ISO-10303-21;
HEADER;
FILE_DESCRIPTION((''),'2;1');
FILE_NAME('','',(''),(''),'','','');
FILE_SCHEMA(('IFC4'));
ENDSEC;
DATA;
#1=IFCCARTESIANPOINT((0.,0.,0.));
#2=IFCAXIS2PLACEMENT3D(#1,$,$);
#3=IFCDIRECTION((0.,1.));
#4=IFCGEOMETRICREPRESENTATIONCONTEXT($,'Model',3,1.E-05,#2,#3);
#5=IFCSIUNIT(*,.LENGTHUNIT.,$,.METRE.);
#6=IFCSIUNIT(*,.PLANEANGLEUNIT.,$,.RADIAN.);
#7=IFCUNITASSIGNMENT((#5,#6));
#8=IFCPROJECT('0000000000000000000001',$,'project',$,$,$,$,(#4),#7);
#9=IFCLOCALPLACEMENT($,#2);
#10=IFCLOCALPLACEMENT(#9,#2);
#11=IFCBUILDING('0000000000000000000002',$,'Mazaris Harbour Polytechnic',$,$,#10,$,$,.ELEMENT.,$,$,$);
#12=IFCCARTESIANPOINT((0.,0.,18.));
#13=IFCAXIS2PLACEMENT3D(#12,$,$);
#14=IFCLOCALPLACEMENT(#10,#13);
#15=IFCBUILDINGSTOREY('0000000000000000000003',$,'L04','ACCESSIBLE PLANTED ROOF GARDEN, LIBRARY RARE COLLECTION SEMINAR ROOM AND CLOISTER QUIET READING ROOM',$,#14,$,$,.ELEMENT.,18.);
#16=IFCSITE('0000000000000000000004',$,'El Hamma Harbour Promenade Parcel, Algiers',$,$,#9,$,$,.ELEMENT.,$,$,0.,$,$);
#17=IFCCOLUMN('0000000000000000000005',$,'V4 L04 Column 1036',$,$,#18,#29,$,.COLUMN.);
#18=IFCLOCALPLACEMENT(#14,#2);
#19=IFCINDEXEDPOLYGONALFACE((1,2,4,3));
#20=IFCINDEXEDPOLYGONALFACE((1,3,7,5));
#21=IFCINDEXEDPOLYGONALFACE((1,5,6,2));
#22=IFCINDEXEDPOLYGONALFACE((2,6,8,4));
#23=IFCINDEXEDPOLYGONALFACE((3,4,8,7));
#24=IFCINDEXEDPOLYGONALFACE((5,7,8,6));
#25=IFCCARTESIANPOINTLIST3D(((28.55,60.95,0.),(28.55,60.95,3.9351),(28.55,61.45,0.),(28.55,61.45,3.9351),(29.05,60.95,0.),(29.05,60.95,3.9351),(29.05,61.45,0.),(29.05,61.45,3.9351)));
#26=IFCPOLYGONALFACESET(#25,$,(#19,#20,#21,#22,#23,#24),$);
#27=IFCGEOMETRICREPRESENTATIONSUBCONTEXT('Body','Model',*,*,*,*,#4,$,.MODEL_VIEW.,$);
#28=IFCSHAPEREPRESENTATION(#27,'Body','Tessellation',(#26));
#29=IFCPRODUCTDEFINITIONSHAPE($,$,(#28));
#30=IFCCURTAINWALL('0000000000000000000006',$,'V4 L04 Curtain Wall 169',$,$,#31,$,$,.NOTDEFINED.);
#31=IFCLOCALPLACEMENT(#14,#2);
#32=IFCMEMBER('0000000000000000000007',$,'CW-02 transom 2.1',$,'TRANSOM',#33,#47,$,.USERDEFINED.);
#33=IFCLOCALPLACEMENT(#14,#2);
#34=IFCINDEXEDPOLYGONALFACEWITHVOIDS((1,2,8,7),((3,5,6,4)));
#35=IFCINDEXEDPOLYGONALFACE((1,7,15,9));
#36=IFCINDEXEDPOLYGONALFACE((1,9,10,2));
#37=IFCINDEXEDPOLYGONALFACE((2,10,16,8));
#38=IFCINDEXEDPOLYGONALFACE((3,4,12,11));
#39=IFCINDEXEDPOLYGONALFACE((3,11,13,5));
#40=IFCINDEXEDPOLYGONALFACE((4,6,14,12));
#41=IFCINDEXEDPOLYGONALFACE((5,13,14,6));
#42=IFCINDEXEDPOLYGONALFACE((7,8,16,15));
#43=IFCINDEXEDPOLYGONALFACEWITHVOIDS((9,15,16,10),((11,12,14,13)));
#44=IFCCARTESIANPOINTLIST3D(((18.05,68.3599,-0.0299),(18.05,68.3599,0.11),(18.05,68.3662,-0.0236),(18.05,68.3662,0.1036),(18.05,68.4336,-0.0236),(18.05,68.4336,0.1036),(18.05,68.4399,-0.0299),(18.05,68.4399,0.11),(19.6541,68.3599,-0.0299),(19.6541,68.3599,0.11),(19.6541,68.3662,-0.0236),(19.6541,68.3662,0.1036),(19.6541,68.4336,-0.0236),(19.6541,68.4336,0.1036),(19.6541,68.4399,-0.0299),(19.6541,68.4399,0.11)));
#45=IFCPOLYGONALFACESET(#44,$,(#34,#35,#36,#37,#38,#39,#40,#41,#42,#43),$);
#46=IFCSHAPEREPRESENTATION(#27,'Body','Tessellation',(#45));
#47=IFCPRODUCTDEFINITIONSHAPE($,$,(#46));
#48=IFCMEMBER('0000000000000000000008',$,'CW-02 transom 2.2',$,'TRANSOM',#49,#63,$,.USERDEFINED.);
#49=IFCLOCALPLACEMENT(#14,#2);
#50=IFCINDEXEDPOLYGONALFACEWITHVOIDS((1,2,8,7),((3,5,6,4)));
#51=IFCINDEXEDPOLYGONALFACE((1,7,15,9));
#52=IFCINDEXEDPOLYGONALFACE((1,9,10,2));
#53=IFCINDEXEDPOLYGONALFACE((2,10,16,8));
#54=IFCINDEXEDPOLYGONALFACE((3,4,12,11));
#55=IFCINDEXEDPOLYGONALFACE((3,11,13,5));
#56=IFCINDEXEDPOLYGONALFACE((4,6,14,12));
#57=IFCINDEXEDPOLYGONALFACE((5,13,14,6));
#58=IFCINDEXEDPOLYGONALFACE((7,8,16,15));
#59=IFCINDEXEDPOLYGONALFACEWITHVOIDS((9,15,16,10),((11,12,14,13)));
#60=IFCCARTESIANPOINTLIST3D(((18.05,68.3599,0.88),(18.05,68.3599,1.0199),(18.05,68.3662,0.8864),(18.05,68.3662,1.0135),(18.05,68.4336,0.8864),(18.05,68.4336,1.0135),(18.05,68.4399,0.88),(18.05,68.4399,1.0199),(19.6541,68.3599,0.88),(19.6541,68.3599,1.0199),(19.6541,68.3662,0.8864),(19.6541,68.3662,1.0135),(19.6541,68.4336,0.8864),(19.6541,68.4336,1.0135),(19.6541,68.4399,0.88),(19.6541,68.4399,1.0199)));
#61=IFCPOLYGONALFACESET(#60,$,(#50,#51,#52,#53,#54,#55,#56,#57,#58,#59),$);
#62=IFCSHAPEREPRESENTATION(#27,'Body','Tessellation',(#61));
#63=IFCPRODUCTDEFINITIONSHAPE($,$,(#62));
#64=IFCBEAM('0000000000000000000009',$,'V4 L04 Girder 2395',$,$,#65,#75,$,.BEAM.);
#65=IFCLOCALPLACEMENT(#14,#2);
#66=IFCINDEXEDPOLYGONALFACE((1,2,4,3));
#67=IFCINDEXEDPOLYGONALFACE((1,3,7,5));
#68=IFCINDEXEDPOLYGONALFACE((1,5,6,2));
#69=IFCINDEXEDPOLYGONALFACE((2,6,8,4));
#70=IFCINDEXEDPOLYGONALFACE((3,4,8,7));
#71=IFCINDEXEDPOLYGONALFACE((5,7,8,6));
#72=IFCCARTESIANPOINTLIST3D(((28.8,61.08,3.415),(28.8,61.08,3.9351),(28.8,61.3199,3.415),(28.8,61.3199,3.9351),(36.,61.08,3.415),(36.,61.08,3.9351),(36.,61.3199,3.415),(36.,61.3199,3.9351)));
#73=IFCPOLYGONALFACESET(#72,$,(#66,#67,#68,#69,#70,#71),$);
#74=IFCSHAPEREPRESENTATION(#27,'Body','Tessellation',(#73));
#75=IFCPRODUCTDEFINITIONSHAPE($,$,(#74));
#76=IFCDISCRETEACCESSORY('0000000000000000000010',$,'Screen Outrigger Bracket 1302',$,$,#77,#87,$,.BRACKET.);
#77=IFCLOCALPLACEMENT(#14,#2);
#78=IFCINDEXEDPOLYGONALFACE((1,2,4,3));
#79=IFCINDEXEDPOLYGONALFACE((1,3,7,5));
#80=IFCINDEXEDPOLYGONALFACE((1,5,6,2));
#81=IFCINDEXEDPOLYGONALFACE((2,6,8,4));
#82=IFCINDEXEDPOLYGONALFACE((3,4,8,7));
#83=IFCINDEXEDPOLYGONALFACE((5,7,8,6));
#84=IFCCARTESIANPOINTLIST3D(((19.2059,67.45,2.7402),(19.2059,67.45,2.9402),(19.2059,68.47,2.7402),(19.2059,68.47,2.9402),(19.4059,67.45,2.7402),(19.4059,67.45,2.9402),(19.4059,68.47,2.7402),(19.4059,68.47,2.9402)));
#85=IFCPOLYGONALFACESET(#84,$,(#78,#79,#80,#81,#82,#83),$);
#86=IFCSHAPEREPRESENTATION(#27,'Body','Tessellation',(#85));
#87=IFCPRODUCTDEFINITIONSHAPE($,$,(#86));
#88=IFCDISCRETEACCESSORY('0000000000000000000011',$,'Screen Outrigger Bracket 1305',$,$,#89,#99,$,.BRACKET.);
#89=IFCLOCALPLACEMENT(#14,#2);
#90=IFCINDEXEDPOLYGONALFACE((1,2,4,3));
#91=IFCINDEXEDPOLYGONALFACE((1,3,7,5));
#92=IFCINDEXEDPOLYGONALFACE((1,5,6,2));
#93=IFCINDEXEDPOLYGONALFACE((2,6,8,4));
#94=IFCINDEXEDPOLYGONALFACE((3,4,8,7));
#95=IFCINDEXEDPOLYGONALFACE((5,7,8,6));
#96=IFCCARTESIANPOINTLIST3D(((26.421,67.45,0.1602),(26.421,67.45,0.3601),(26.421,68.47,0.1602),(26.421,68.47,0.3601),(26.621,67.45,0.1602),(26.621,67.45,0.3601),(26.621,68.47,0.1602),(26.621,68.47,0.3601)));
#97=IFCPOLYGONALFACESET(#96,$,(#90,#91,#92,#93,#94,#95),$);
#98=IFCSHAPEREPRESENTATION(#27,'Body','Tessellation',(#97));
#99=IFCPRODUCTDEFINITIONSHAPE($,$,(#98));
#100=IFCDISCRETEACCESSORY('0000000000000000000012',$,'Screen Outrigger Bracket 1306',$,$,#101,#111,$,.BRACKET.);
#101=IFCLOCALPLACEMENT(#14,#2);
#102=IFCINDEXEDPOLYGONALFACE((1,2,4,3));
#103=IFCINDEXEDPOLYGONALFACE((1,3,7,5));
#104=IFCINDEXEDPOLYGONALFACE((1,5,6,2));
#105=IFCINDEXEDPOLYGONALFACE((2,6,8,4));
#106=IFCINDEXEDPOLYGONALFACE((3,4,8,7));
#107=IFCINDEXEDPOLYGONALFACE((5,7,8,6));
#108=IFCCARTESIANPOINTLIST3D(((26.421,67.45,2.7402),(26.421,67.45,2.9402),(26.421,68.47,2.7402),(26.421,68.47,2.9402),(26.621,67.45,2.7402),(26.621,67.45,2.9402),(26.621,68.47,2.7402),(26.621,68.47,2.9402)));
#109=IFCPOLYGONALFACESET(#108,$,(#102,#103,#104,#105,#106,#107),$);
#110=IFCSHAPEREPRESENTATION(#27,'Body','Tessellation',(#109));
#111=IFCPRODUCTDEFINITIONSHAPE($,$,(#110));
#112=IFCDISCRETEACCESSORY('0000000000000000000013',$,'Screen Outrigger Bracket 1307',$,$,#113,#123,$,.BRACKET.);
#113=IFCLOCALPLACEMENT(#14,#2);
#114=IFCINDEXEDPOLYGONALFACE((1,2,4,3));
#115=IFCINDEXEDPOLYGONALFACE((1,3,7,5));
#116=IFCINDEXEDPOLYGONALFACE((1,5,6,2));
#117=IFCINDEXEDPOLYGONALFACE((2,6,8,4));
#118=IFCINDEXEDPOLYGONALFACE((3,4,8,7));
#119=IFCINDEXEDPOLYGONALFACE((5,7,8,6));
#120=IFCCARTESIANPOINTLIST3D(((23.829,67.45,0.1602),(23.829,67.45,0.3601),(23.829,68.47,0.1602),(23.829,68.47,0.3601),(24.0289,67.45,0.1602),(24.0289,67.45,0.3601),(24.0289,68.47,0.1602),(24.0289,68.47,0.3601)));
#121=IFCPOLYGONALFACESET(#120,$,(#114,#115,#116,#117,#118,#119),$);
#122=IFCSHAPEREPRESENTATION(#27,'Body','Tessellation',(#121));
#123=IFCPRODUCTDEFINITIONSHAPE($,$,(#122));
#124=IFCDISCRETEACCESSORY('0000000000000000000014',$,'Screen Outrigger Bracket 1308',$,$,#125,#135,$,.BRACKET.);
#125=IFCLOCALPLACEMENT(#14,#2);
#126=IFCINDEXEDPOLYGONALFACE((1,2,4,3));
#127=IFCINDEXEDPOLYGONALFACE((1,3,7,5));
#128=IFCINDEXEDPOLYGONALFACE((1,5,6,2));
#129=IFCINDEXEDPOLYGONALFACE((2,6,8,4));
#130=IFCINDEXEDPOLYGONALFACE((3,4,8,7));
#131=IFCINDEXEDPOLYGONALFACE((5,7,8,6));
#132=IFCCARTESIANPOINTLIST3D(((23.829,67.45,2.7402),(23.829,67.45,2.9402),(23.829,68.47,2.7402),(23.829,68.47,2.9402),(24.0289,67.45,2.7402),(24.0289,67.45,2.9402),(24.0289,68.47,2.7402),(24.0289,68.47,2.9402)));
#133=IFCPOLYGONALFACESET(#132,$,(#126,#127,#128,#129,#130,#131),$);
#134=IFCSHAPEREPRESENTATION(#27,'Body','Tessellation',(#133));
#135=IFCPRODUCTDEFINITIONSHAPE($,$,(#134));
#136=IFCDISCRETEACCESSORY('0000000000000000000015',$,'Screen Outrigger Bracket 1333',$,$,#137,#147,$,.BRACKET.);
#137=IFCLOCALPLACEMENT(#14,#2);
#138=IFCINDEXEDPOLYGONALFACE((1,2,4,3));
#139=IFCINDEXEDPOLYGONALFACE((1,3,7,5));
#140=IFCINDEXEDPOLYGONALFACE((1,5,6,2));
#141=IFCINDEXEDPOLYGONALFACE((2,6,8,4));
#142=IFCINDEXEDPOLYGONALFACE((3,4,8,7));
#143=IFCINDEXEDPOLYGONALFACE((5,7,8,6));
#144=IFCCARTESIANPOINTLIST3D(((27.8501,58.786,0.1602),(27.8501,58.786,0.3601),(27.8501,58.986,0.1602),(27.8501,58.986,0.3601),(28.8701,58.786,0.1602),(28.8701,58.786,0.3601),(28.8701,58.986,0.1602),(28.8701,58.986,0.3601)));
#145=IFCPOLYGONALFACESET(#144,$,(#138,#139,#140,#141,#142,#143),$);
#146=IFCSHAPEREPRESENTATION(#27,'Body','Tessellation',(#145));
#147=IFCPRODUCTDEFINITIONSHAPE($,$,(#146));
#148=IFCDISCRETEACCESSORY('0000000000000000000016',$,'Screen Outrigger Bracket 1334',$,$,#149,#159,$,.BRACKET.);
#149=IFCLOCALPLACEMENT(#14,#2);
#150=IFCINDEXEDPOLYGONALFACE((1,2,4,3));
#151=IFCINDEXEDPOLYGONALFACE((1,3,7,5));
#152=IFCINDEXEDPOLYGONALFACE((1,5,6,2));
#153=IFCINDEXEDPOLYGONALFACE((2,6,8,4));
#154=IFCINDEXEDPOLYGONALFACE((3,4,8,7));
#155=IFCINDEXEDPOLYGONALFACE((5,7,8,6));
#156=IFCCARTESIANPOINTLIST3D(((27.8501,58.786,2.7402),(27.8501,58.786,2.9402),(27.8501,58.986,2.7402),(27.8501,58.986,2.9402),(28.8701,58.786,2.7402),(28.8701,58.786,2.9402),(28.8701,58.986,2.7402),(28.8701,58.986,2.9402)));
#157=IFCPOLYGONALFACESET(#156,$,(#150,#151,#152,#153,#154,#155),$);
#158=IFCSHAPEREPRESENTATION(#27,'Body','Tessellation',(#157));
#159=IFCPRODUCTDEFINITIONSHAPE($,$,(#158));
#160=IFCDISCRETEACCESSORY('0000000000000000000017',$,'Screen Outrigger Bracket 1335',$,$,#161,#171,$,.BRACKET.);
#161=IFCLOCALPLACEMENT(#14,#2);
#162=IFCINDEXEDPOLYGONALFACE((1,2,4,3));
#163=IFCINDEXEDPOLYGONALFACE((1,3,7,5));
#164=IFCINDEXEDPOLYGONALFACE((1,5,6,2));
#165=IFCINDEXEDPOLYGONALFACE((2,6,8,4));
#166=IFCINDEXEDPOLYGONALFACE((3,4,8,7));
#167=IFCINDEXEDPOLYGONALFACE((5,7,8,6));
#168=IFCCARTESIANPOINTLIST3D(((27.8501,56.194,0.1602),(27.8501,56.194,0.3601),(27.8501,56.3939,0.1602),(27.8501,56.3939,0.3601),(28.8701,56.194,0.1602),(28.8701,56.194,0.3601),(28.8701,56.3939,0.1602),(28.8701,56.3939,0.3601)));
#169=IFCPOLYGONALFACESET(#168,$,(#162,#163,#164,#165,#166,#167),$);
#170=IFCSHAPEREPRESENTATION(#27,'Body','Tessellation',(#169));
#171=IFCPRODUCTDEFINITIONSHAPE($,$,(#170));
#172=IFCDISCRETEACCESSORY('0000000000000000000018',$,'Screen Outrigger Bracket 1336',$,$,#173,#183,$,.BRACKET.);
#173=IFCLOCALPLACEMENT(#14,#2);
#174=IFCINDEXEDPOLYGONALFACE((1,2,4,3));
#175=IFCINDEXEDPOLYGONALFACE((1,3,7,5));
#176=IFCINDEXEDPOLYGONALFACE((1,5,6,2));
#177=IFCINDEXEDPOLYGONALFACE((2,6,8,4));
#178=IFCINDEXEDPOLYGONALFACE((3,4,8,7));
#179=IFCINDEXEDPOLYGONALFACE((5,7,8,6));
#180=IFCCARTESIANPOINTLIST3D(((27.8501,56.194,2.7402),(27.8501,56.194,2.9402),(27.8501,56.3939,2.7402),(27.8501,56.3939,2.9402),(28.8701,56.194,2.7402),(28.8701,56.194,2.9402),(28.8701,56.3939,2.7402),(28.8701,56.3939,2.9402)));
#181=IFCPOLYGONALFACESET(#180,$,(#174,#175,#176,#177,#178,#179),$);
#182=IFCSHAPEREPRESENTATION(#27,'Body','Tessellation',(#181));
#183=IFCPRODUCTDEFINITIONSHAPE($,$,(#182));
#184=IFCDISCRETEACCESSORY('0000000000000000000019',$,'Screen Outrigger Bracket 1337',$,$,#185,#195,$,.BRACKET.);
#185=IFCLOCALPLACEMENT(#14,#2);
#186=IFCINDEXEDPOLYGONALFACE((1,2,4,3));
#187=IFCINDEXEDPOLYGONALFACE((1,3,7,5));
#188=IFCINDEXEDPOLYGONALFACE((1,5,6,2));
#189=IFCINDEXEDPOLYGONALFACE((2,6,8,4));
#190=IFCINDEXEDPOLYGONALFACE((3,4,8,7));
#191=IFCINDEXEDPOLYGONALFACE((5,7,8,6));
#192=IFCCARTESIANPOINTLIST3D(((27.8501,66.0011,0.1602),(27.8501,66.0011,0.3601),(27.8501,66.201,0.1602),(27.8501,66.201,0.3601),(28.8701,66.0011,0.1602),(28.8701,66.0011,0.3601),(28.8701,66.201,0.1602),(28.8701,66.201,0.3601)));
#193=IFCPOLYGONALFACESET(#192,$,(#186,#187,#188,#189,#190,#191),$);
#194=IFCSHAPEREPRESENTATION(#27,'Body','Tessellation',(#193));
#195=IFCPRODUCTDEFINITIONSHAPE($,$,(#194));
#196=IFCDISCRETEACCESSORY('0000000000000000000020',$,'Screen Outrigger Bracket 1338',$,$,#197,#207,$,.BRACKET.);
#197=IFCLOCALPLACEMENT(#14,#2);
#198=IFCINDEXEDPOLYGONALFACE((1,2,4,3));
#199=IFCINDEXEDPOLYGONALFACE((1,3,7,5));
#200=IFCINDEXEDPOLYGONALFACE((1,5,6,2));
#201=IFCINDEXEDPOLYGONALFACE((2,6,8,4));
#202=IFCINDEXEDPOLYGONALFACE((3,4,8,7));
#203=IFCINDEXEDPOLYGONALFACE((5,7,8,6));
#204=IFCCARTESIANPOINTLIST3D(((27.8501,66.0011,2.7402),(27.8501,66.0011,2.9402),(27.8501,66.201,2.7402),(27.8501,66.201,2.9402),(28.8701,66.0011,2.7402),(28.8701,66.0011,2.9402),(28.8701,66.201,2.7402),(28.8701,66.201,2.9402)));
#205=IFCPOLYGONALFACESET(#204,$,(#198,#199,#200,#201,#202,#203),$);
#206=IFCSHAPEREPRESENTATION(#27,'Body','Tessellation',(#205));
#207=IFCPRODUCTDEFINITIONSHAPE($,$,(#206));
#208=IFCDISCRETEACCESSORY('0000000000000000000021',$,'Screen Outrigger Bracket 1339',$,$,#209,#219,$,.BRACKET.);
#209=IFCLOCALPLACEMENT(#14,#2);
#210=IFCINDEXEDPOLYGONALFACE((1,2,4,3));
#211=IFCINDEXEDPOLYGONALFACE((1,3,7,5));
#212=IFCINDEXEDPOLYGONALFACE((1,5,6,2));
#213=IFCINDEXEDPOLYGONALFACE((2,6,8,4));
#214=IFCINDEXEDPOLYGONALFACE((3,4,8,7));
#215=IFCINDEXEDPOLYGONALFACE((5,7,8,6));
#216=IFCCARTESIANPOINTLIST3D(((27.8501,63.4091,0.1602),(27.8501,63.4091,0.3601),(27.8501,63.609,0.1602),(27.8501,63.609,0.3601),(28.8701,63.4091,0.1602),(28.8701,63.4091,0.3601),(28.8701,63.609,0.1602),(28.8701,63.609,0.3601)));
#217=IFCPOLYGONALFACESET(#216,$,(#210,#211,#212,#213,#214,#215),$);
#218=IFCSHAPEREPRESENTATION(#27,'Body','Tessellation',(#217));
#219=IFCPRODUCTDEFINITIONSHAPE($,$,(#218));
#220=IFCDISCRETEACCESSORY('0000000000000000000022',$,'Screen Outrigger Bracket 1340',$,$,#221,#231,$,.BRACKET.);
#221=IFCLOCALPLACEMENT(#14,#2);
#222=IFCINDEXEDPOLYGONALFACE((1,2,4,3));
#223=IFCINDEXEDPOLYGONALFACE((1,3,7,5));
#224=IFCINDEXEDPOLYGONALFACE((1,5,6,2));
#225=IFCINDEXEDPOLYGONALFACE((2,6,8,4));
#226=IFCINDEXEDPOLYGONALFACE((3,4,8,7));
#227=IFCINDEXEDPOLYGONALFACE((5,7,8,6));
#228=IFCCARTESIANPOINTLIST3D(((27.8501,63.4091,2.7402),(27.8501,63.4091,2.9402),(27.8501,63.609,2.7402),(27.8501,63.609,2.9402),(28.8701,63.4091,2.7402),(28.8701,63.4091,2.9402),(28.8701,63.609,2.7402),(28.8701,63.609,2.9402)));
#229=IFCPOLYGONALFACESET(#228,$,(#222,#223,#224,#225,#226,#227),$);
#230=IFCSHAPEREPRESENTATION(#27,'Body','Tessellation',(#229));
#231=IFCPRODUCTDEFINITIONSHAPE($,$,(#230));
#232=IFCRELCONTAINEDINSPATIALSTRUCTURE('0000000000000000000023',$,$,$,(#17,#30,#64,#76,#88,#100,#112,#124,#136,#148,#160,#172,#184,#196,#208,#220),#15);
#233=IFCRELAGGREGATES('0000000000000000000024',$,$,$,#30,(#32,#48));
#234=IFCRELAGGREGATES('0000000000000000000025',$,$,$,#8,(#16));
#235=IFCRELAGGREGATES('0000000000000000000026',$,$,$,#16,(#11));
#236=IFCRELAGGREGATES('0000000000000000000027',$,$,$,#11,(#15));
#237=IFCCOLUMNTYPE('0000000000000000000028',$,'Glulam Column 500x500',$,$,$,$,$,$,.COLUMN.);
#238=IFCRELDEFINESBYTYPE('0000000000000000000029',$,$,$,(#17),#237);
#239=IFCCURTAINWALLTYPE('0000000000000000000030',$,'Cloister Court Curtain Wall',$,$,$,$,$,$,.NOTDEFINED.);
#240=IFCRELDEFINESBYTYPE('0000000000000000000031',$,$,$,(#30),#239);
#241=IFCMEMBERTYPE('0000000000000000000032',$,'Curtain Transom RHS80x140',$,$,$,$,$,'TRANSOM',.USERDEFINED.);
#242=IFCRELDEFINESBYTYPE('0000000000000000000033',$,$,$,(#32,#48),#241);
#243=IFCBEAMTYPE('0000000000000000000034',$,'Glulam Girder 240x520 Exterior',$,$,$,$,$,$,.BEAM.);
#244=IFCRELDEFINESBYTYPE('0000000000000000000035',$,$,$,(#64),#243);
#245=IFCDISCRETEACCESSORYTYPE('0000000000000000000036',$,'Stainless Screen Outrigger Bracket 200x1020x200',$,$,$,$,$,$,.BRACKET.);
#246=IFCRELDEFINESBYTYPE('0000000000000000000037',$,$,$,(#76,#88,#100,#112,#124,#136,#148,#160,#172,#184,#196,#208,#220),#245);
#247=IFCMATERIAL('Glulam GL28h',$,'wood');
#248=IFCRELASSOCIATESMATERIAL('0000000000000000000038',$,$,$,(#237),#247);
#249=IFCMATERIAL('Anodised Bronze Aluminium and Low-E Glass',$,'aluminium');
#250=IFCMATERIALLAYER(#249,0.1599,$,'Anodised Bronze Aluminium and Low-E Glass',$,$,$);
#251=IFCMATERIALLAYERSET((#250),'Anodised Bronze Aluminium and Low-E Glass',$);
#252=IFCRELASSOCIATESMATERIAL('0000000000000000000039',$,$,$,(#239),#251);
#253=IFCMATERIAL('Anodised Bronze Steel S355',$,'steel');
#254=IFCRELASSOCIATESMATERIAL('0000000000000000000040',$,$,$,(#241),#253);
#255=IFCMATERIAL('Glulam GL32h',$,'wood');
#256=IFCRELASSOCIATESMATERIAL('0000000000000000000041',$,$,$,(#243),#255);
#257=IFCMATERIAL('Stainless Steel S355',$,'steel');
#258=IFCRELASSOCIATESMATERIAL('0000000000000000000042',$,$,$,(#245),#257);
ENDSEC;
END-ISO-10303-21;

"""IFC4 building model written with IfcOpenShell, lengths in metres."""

from ifc_helpers import new_model, si_unit, direction, frame, origin, origin_2d, place, context, subcontext, project, spatial, rectangle, hollow_rectangle, extrude, material, layer, layer_set, material_profile, profile_set, type_object, element, aggregate, save


model = new_model("IFC4")

# Units and contexts
model_context = context("Model", 3, precision=1e-05, world=origin(), true_north=direction((0.0, 1.0)))
body_context = subcontext(model_context, "Body", "Model", "MODEL_VIEW")
ifc_project = project(units=[si_unit("LENGTHUNIT", "METRE"), si_unit("PLANEANGLEUNIT", "RADIAN")], contexts=[model_context])

# Site, building, storey
site_placement = place(None, origin())
site = spatial("IfcSite", under=ifc_project, at=site_placement, Name="El Hamma Harbour Promenade Parcel, Algiers", CompositionType="ELEMENT", RefElevation=0.0)
building_placement = place(site_placement, origin())
building = spatial("IfcBuilding", under=site, at=building_placement, Name="Mazaris Harbour Polytechnic", CompositionType="ELEMENT")
storey_placement = place(building_placement, frame((0.0, 0.0, 18.0)))
storey = spatial("IfcBuildingStorey", under=building, at=storey_placement, Name="L04", Description="ACCESSIBLE PLANTED ROOF GARDEN, LIBRARY RARE COLLECTION SEMINAR ROOM AND CLOISTER QUIET READING ROOM", CompositionType="ELEMENT", Elevation=18.0)

# Column
ifc_material_1 = material(Name="Glulam GL28h", Category="wood")
ifc_material_profile_1 = material_profile(ifc_material_1, rectangle(XDim=0.5, YDim=0.5, at=origin_2d()), Name="RECT500x500")
ifc_profile_set_1 = profile_set([ifc_material_profile_1], Name="Glulam GL28h")
column_type = type_object("IfcColumnType", Name="Glulam Column 500x500", PredefinedType="COLUMN", material=ifc_profile_set_1)
column_placement = place(storey_placement, frame((28.8, 61.2, 0.0), z_axis=(0.0, 0.0, 1.0), x_axis=(1.0, 0.0, 0.0)))
element("IfcColumn", 1, at=column_placement, inside=storey, type_object=column_type, Name="V4 L04 Column 1036", PredefinedType="COLUMN", context=body_context, shape_type="SweptSolid", body=[
    extrude(rectangle(XDim=0.5, YDim=0.5, at=origin_2d()), origin(), (0.0, 0.0, 1.0), 3.9351),
])

# Curtain wall, members
ifc_material_2 = material(Name="Anodised Bronze Aluminium and Low-E Glass", Category="aluminium")
ifc_layer = layer(ifc_material_2, 0.1599, Name="Anodised Bronze Aluminium and Low-E Glass")
ifc_layer_set = layer_set([ifc_layer], Name="Anodised Bronze Aluminium and Low-E Glass")
curtain_wall_type = type_object("IfcCurtainWallType", Name="Cloister Court Curtain Wall", PredefinedType="NOTDEFINED", material=ifc_layer_set)
curtain_wall_placement = place(storey_placement, origin())
curtain_wall = element("IfcCurtainWall", 2, at=curtain_wall_placement, inside=storey, type_object=curtain_wall_type, Name="V4 L04 Curtain Wall 169", PredefinedType="NOTDEFINED")
ifc_material_3 = material(Name="Anodised Bronze Steel S355", Category="steel")
ifc_material_profile_2 = material_profile(ifc_material_3, hollow_rectangle(XDim=0.0801, YDim=0.1399, WallThickness=0.0063, at=origin_2d()), Name="RHS 80x140x6.3")
ifc_profile_set_2 = profile_set([ifc_material_profile_2], Name="Anodised Bronze Steel S355")
member_type = type_object("IfcMemberType", Name="Curtain Transom RHS80x140", ElementType="TRANSOM", PredefinedType="USERDEFINED", material=ifc_profile_set_2)
member_1_placement = place(storey_placement, frame((19.6541, 68.3999, 0.04), z_axis=(-1.0, 0.0, 0.0), x_axis=(0.0, -1.0, 0.0)))
member_1 = element("IfcMember", 3, at=member_1_placement, type_object=member_type, Name="CW-02 transom 2.1", ObjectType="TRANSOM", PredefinedType="USERDEFINED", context=body_context, shape_type="SweptSolid", body=[
    extrude(hollow_rectangle(XDim=0.0801, YDim=0.1399, WallThickness=0.0063, at=origin_2d()), origin(), (0.0, 0.0, 1.0), 1.604),
])
member_2_placement = place(storey_placement, frame((19.6541, 68.3999, 0.95), z_axis=(-1.0, 0.0, 0.0), x_axis=(0.0, -1.0, 0.0)))
member_2 = element("IfcMember", 4, at=member_2_placement, type_object=member_type, Name="CW-02 transom 2.2", ObjectType="TRANSOM", PredefinedType="USERDEFINED", context=body_context, shape_type="SweptSolid", body=[
    extrude(hollow_rectangle(XDim=0.0801, YDim=0.1399, WallThickness=0.0063, at=origin_2d()), origin(), (0.0, 0.0, 1.0), 1.604),
])
aggregate(curtain_wall, [member_1, member_2])

# Beam
ifc_material_4 = material(Name="Glulam GL32h", Category="wood")
ifc_material_profile_3 = material_profile(ifc_material_4, rectangle(XDim=0.24, YDim=0.52, at=origin_2d()), Name="RECT240x520")
ifc_profile_set_3 = profile_set([ifc_material_profile_3], Name="Glulam GL32h")
beam_type = type_object("IfcBeamType", Name="Glulam Girder 240x520 Exterior", PredefinedType="BEAM", material=ifc_profile_set_3)
beam_placement = place(storey_placement, frame((28.8, 61.2, 3.675), z_axis=(1.0, 0.0, 0.0), x_axis=(0.0, 1.0, 0.0)))
element("IfcBeam", 5, at=beam_placement, inside=storey, type_object=beam_type, Name="V4 L04 Girder 2395", PredefinedType="BEAM", context=body_context, shape_type="SweptSolid", body=[
    extrude(rectangle(XDim=0.24, YDim=0.52, at=origin_2d()), origin(), (0.0, 0.0, 1.0), 7.2),
])

# Discrete accessories
ifc_material_5 = material(Name="Stainless Steel S355", Category="steel")
discrete_accessory_type = type_object("IfcDiscreteAccessoryType", Name="Stainless Screen Outrigger Bracket 200x1020x200", PredefinedType="BRACKET", material=ifc_material_5)
for number, where, z_axis, x_axis, name in (
    (6, (19.3059, 67.96, 2.7402), (0.0, 0.0, 1.0), (-1.0, 0.0, 0.0), "Screen Outrigger Bracket 1302"),
    (7, (26.521, 67.96, 0.1602), (0.0, 0.0, 1.0), (-1.0, 0.0, 0.0), "Screen Outrigger Bracket 1305"),
    (8, (26.521, 67.96, 2.7402), (0.0, 0.0, 1.0), (-1.0, 0.0, 0.0), "Screen Outrigger Bracket 1306"),
    (9, (23.929, 67.96, 0.1602), (0.0, 0.0, 1.0), (-1.0, 0.0, 0.0), "Screen Outrigger Bracket 1307"),
    (10, (23.929, 67.96, 2.7402), (0.0, 0.0, 1.0), (-1.0, 0.0, 0.0), "Screen Outrigger Bracket 1308"),
    (11, (28.3601, 58.886, 0.1602), (0.0, 0.0, 1.0), (0.0, -1.0, 0.0), "Screen Outrigger Bracket 1333"),
    (12, (28.3601, 58.886, 2.7402), (0.0, 0.0, 1.0), (0.0, -1.0, 0.0), "Screen Outrigger Bracket 1334"),
    (13, (28.3601, 56.2939, 0.1602), (0.0, 0.0, 1.0), (0.0, -1.0, 0.0), "Screen Outrigger Bracket 1335"),
    (14, (28.3601, 56.2939, 2.7402), (0.0, 0.0, 1.0), (0.0, -1.0, 0.0), "Screen Outrigger Bracket 1336"),
    (15, (28.3601, 66.1011, 0.1602), (0.0, 0.0, 1.0), (0.0, -1.0, 0.0), "Screen Outrigger Bracket 1337"),
    (16, (28.3601, 66.1011, 2.7402), (0.0, 0.0, 1.0), (0.0, -1.0, 0.0), "Screen Outrigger Bracket 1338"),
    (17, (28.3601, 63.509, 0.1602), (0.0, 0.0, 1.0), (0.0, -1.0, 0.0), "Screen Outrigger Bracket 1339"),
    (18, (28.3601, 63.509, 2.7402), (0.0, 0.0, 1.0), (0.0, -1.0, 0.0), "Screen Outrigger Bracket 1340"),
):
    element("IfcDiscreteAccessory", number, at=place(storey_placement, frame(where, z_axis=z_axis, x_axis=x_axis)), inside=storey, type_object=discrete_accessory_type, Name=name, PredefinedType="BRACKET", context=body_context, shape_type="SweptSolid", body=[
        extrude(rectangle(XDim=0.2, YDim=1.02, at=origin_2d()), origin(), (0.0, 0.0, 1.0), 0.2),
    ])

save(model, "model.ifc")
